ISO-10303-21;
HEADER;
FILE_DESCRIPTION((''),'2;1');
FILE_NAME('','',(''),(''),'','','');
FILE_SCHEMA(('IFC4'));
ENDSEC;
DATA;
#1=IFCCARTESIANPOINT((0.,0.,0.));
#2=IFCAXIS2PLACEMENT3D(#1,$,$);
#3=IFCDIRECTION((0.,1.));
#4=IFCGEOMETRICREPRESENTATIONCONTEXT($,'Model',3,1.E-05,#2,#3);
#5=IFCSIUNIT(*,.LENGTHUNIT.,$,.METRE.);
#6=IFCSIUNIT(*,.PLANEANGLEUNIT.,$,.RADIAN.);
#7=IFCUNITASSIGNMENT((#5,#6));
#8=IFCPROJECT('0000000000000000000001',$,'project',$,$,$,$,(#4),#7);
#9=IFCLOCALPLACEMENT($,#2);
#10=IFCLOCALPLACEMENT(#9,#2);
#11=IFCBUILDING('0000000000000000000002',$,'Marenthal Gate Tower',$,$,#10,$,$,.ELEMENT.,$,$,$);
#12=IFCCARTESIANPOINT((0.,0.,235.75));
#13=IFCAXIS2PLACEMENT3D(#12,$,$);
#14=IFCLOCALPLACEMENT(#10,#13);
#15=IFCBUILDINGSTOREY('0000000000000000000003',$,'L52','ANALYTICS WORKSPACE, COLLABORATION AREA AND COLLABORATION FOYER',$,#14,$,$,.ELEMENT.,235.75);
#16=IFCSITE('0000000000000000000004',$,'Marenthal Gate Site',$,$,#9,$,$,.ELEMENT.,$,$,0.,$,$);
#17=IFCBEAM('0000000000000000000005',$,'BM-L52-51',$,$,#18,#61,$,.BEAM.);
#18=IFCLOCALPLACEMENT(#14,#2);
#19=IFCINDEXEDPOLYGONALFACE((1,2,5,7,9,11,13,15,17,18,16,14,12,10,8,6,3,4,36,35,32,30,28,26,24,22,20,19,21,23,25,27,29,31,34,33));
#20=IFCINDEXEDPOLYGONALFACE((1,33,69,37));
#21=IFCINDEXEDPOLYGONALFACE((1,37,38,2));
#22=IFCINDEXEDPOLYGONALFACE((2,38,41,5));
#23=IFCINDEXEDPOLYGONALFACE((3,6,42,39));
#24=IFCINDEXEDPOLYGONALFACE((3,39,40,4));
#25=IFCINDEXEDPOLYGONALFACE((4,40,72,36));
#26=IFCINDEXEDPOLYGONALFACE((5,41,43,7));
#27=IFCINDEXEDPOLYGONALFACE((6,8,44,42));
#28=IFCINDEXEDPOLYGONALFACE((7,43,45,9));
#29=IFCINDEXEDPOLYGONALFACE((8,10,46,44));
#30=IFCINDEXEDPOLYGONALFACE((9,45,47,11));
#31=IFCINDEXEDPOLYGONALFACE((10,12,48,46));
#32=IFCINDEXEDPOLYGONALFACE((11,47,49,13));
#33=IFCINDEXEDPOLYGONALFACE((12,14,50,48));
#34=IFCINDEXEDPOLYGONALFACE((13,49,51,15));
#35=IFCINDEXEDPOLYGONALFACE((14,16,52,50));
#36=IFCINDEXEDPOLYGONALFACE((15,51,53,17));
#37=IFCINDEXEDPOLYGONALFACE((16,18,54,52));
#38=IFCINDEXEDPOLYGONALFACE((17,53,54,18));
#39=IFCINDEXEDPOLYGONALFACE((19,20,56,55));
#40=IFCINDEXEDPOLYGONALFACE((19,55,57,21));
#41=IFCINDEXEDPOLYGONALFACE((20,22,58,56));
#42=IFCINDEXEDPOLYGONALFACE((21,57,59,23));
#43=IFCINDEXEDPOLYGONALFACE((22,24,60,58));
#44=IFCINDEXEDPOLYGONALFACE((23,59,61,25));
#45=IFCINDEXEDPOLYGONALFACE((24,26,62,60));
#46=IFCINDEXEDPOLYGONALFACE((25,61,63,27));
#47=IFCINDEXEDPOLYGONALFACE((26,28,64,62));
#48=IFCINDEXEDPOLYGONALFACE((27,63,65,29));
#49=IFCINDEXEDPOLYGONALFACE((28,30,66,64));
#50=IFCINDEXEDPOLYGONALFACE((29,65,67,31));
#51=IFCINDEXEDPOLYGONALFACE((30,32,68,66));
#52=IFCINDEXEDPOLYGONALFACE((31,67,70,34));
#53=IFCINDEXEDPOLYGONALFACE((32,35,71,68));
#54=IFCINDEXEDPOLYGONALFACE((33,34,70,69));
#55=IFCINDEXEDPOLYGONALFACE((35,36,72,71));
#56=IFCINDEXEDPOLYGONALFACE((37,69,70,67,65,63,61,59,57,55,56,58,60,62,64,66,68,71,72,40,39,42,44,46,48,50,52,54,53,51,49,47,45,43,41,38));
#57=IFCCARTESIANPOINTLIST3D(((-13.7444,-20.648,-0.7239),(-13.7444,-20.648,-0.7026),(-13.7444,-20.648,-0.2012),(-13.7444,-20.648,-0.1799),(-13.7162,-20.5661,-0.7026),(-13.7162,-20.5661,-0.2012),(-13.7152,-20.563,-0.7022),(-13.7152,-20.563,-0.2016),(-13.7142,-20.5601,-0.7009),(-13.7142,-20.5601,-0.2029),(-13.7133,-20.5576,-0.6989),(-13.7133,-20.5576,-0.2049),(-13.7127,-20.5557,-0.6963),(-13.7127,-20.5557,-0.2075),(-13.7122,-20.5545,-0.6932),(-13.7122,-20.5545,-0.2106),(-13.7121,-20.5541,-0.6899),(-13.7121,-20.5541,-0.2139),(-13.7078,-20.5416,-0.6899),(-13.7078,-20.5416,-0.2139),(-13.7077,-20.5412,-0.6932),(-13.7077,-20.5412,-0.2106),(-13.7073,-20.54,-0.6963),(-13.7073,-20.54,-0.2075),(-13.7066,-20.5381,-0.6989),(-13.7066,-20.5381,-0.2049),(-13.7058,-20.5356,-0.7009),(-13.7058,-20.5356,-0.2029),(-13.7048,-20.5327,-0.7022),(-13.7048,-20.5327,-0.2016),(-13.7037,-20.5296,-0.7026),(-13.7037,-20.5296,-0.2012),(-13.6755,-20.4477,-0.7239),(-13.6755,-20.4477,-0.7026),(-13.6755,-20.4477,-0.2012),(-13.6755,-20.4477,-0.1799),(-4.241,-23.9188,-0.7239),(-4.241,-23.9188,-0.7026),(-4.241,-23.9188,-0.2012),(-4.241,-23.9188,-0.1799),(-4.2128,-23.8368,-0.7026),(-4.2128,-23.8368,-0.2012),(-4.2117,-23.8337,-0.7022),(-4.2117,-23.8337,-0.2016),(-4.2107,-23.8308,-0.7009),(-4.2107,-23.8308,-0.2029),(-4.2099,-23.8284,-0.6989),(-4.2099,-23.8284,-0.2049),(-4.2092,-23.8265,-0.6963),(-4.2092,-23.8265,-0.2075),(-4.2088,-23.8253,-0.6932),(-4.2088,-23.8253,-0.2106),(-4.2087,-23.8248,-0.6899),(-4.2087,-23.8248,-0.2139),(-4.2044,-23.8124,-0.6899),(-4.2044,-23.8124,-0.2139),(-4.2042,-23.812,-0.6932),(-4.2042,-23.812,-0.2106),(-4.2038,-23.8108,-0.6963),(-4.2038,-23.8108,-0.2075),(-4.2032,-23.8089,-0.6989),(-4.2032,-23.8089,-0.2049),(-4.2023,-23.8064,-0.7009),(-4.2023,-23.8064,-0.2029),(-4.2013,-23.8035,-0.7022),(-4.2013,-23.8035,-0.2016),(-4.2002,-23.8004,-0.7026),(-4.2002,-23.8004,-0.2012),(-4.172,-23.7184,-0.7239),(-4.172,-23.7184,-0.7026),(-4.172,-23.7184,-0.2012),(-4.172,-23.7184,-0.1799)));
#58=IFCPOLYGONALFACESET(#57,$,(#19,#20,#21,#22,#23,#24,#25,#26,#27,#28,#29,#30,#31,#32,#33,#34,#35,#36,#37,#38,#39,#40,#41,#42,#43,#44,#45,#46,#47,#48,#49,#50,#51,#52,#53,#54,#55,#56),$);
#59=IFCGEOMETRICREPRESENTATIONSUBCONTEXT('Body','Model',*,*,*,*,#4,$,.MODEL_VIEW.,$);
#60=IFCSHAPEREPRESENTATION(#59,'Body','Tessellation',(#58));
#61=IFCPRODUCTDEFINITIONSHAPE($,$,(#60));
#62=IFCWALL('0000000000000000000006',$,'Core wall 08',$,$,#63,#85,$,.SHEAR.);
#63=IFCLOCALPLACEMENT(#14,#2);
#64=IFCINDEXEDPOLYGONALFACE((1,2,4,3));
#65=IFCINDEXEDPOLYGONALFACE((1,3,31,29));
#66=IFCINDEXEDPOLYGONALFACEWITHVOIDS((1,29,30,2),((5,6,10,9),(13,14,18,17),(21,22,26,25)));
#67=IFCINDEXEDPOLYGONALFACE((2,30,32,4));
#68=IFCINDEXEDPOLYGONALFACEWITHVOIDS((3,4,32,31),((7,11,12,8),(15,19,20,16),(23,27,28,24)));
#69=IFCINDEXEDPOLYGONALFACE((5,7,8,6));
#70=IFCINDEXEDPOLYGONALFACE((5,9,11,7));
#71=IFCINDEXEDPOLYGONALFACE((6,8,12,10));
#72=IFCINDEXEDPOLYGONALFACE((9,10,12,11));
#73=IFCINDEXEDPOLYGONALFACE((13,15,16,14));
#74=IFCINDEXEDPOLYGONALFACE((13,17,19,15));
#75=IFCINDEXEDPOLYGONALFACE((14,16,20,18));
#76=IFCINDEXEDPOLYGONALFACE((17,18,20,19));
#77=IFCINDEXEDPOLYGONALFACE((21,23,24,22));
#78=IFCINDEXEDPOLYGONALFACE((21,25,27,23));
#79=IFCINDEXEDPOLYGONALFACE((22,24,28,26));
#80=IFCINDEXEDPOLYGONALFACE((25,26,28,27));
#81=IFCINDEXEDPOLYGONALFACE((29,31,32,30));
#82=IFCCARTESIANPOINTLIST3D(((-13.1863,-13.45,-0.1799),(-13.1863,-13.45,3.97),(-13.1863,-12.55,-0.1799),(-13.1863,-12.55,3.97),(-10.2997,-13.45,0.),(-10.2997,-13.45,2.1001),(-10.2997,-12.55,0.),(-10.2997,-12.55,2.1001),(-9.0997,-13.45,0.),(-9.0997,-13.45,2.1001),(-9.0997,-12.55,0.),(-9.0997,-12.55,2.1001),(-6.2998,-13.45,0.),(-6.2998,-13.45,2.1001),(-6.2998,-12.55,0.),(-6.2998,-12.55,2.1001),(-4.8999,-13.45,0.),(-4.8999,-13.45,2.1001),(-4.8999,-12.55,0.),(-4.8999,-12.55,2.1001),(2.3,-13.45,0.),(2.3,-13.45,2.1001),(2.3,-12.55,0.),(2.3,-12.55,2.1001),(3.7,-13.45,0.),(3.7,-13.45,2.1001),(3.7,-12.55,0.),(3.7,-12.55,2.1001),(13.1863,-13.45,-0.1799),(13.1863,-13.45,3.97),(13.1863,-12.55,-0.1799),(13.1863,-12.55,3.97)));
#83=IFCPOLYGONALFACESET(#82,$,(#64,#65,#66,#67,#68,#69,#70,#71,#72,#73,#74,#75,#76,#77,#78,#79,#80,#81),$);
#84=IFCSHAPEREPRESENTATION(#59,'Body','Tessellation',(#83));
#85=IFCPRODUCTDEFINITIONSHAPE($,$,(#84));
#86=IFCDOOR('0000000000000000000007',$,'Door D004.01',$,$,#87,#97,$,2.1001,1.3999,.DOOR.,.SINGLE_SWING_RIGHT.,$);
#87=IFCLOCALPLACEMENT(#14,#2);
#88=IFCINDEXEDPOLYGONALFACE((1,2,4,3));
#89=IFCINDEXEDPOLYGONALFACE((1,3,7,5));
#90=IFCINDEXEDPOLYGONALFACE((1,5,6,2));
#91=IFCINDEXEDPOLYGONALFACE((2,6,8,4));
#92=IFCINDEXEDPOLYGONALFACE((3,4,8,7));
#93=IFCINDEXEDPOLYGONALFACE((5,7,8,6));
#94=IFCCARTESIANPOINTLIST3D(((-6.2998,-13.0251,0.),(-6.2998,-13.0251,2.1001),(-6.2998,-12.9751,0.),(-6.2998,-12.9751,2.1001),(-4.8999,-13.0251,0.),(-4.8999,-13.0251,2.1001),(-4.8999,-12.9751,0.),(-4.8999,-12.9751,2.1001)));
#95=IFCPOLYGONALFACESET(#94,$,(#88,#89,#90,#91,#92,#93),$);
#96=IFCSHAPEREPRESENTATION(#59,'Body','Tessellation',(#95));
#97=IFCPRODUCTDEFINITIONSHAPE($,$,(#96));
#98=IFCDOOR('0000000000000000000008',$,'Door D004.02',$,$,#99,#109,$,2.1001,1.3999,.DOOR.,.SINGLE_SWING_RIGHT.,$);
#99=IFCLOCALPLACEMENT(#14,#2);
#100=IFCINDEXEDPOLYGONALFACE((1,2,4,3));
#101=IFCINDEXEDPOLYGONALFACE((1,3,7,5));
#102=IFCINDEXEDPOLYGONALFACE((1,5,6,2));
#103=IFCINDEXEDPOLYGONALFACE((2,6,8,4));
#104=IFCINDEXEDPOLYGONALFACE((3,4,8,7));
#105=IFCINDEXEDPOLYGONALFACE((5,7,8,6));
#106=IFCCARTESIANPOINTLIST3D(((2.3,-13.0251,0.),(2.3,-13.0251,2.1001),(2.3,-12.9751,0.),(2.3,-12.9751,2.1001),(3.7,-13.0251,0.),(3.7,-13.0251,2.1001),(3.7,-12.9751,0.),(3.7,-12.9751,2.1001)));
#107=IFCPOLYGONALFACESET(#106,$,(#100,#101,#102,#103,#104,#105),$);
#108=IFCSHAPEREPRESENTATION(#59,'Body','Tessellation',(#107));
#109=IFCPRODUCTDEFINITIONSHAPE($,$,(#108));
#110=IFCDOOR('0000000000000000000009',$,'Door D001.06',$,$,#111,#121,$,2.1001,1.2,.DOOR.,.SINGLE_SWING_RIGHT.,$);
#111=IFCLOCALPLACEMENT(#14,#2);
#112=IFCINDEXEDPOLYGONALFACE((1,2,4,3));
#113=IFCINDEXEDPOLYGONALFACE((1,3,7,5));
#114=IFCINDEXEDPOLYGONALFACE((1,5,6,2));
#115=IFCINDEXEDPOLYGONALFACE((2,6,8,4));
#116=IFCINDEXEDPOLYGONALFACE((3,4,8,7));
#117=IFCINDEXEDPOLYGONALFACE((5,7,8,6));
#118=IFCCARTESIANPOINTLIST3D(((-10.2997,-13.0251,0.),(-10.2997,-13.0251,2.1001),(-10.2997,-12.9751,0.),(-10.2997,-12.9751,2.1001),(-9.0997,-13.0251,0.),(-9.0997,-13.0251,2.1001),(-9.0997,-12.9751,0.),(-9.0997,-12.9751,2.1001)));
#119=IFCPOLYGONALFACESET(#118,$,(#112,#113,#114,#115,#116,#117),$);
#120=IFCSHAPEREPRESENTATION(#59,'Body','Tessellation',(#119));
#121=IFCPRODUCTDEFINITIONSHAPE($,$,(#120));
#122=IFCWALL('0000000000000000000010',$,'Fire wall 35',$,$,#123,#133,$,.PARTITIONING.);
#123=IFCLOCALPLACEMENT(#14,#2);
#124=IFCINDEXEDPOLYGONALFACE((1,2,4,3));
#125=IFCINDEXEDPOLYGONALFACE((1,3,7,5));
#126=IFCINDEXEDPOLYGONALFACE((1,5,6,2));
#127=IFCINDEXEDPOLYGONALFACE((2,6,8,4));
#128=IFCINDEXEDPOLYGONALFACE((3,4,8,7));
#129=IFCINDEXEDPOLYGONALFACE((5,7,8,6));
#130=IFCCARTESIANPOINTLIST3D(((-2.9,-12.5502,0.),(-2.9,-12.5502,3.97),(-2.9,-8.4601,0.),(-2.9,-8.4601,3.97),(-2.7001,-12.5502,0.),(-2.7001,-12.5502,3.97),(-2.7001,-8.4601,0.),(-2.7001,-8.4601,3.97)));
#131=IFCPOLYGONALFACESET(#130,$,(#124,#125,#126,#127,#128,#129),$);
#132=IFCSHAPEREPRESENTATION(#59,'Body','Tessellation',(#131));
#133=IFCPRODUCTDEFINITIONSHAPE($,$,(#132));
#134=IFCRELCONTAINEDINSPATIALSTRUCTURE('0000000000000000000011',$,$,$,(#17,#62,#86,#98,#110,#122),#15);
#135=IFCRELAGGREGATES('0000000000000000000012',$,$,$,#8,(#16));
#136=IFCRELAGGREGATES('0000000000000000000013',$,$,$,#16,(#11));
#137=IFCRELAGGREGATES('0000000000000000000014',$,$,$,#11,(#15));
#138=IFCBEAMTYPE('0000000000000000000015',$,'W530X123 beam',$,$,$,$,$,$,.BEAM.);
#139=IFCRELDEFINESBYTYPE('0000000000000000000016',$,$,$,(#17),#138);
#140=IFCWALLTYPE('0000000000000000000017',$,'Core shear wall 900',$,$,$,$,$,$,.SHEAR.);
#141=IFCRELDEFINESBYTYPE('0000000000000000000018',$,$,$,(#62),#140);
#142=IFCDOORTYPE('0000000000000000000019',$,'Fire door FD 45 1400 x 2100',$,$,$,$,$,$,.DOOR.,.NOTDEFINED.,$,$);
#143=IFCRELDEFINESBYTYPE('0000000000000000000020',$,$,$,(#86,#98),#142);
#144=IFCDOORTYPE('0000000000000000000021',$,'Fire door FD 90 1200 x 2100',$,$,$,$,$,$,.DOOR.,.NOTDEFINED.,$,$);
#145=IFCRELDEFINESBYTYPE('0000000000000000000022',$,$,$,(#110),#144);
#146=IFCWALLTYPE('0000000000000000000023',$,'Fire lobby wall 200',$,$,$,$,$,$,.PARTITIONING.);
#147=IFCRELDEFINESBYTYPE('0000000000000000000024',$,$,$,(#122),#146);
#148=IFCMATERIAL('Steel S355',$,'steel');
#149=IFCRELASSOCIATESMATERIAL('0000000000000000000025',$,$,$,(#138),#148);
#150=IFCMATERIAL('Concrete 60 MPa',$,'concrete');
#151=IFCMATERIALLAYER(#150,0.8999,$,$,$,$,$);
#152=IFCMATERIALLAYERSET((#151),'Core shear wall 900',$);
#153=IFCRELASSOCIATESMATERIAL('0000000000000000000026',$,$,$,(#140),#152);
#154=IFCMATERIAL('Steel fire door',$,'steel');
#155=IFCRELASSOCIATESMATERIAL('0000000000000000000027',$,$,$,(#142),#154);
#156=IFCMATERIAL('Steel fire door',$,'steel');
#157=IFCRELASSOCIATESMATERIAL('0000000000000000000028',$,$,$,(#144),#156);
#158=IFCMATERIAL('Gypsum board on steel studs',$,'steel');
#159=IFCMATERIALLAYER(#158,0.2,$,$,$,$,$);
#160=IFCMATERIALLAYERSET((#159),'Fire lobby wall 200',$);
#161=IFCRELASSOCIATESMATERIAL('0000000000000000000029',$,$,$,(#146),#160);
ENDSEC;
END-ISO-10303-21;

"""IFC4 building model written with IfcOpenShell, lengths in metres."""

from ifc_helpers import new_model, si_unit, direction, frame, frame_2d, origin, origin_2d, place, context, subcontext, project, spatial, rectangle, i_section, extrude, material, layer, layer_set, material_profile, profile_set, type_object, element, fill, save


model = new_model("IFC4")

# Units and contexts
model_context = context("Model", 3, precision=1e-05, world=origin(), true_north=direction((0.0, 1.0)))
body_context = subcontext(model_context, "Body", "Model", "MODEL_VIEW")
ifc_project = project(units=[si_unit("LENGTHUNIT", "METRE"), si_unit("PLANEANGLEUNIT", "RADIAN")], contexts=[model_context])

# Site, building, storey
site_placement = place(None, origin())
site = spatial("IfcSite", under=ifc_project, at=site_placement, Name="Marenthal Gate Site", CompositionType="ELEMENT", RefElevation=0.0)
building_placement = place(site_placement, origin())
building = spatial("IfcBuilding", under=site, at=building_placement, Name="Marenthal Gate Tower", CompositionType="ELEMENT")
storey_placement = place(building_placement, frame((0.0, 0.0, 235.75)))
storey = spatial("IfcBuildingStorey", under=building, at=storey_placement, Name="L52", Description="ANALYTICS WORKSPACE, COLLABORATION AREA AND COLLABORATION FOYER", CompositionType="ELEMENT", Elevation=235.75)

# Beam
ifc_material_1 = material(Name="Steel S355", Category="steel")
ifc_material_profile = material_profile(ifc_material_1, i_section(OverallWidth=0.2119, OverallDepth=0.5439, WebThickness=0.0132, FlangeThickness=0.0212, FilletRadius=0.0127, at=origin_2d()), Name="W530X123")
ifc_profile_set = profile_set([ifc_material_profile], Name="Steel S355")
beam_type = type_object("IfcBeamType", Name="W530X123 beam", PredefinedType="BEAM", material=ifc_profile_set)
beam_placement = place(storey_placement, frame((-13.71, -20.5479, -0.4519), z_axis=(0.945566, -0.325431, 0.0), x_axis=(0.325431, 0.945566, 0.0)))
element("IfcBeam", 1, at=beam_placement, inside=storey, type_object=beam_type, Name="BM-L52-51", PredefinedType="BEAM", context=body_context, shape_type="SweptSolid", body=[
    extrude(i_section(OverallWidth=0.2119, OverallDepth=0.5439, WebThickness=0.0132, FlangeThickness=0.0212, FilletRadius=0.0127, at=origin_2d()), origin(), (0.0, 0.0, 1.0), 10.0505),
])

# Wall, openings, doors
ifc_material_2 = material(Name="Concrete 60 MPa", Category="concrete")
ifc_layer_1 = layer(ifc_material_2, 0.8999)
ifc_layer_set_1 = layer_set([ifc_layer_1], Name="Core shear wall 900")
wall_type_1 = type_object("IfcWallType", Name="Core shear wall 900", PredefinedType="SHEAR", material=ifc_layer_set_1)
wall_1_placement = place(storey_placement, frame((-13.1863, -13.0, -0.1799), z_axis=(0.0, 0.0, 1.0), x_axis=(1.0, 0.0, 0.0)))
wall_1 = element("IfcWall", 2, at=wall_1_placement, inside=storey, type_object=wall_type_1, Name="Core wall 08", PredefinedType="SHEAR", context=body_context, shape_type="SweptSolid", body=[
    extrude(rectangle(XDim=26.3726, YDim=0.8999, at=frame_2d((13.1863, 0.0))), origin(), (0.0, 0.0, 1.0), 4.1499),
])
opening_1_placement = place(wall_1_placement, frame((2.8865, 0.0, 0.1799)))
opening_1 = element("IfcOpeningElement", 3, at=opening_1_placement, cuts=wall_1, PredefinedType="OPENING", context=body_context, shape_type="SweptSolid", body=[
    extrude(rectangle(XDim=1.2, YDim=2.1001, at=frame_2d((0.6001, 1.05))), frame((0.0, 0.46, 0.0), z_axis=(0.0, -1.0, 0.0), x_axis=(1.0, 0.0, 0.0)), (0.0, 0.0, 1.0), 0.9199),
])
opening_2_placement = place(wall_1_placement, frame((6.8865, 0.0, 0.1799)))
opening_2 = element("IfcOpeningElement", 4, at=opening_2_placement, cuts=wall_1, PredefinedType="OPENING", context=body_context, shape_type="SweptSolid", body=[
    extrude(rectangle(XDim=1.3999, YDim=2.1001, at=frame_2d((0.7, 1.05))), frame((0.0, 0.46, 0.0), z_axis=(0.0, -1.0, 0.0), x_axis=(1.0, 0.0, 0.0)), (0.0, 0.0, 1.0), 0.9199),
])
opening_3_placement = place(wall_1_placement, frame((15.4863, 0.0, 0.1799)))
opening_3 = element("IfcOpeningElement", 5, at=opening_3_placement, cuts=wall_1, PredefinedType="OPENING", context=body_context, shape_type="SweptSolid", body=[
    extrude(rectangle(XDim=1.3999, YDim=2.1001, at=frame_2d((0.7, 1.05))), frame((0.0, 0.46, 0.0), z_axis=(0.0, -1.0, 0.0), x_axis=(1.0, 0.0, 0.0)), (0.0, 0.0, 1.0), 0.9199),
])
ifc_material_3 = material(Name="Steel fire door", Category="steel")
door_type_1 = type_object("IfcDoorType", Name="Fire door FD 45 1400 x 2100", OperationType="NOTDEFINED", PredefinedType="DOOR", material=ifc_material_3)
door_1_placement = place(opening_2_placement, origin())
door_1 = element("IfcDoor", 6, at=door_1_placement, inside=storey, type_object=door_type_1, Name="Door D004.01", OperationType="SINGLE_SWING_RIGHT", OverallHeight=2.1001, OverallWidth=1.3999, PredefinedType="DOOR", context=body_context, shape_type="SweptSolid", body=[
    extrude(rectangle(XDim=1.3999, YDim=2.1001, at=frame_2d((0.7, 1.05))), frame((0.0, 0.0249, 0.0), z_axis=(0.0, -1.0, 0.0), x_axis=(1.0, 0.0, 0.0)), (0.0, 0.0, 1.0), 0.05),
])
fill(opening_2, door_1)
door_2_placement = place(opening_3_placement, origin())
door_2 = element("IfcDoor", 7, at=door_2_placement, inside=storey, type_object=door_type_1, Name="Door D004.02", OperationType="SINGLE_SWING_RIGHT", OverallHeight=2.1001, OverallWidth=1.3999, PredefinedType="DOOR", context=body_context, shape_type="SweptSolid", body=[
    extrude(rectangle(XDim=1.3999, YDim=2.1001, at=frame_2d((0.7, 1.05))), frame((0.0, 0.0249, 0.0), z_axis=(0.0, -1.0, 0.0), x_axis=(1.0, 0.0, 0.0)), (0.0, 0.0, 1.0), 0.05),
])
fill(opening_3, door_2)
ifc_material_4 = material(Name="Steel fire door", Category="steel")
door_type_2 = type_object("IfcDoorType", Name="Fire door FD 90 1200 x 2100", OperationType="NOTDEFINED", PredefinedType="DOOR", material=ifc_material_4)
door_3_placement = place(opening_1_placement, origin())
door_3 = element("IfcDoor", 8, at=door_3_placement, inside=storey, type_object=door_type_2, Name="Door D001.06", OperationType="SINGLE_SWING_RIGHT", OverallHeight=2.1001, OverallWidth=1.2, PredefinedType="DOOR", context=body_context, shape_type="SweptSolid", body=[
    extrude(rectangle(XDim=1.2, YDim=2.1001, at=frame_2d((0.6001, 1.05))), frame((0.0, 0.0249, 0.0), z_axis=(0.0, -1.0, 0.0), x_axis=(1.0, 0.0, 0.0)), (0.0, 0.0, 1.0), 0.05),
])
fill(opening_1, door_3)

# Wall
ifc_material_5 = material(Name="Gypsum board on steel studs", Category="steel")
ifc_layer_2 = layer(ifc_material_5, 0.2)
ifc_layer_set_2 = layer_set([ifc_layer_2], Name="Fire lobby wall 200")
wall_type_2 = type_object("IfcWallType", Name="Fire lobby wall 200", PredefinedType="PARTITIONING", material=ifc_layer_set_2)
wall_2_placement = place(storey_placement, frame((-2.8, -12.55, 0.0), z_axis=(0.0, 0.0, 1.0), x_axis=(0.0, 1.0, 0.0)))
element("IfcWall", 9, at=wall_2_placement, inside=storey, type_object=wall_type_2, Name="Fire wall 35", PredefinedType="PARTITIONING", context=body_context, shape_type="SweptSolid", body=[
    extrude(rectangle(XDim=4.0901, YDim=0.2, at=frame_2d((2.0449, 0.0))), origin(), (0.0, 0.0, 1.0), 3.97),
])

save(model, "model.ifc")
